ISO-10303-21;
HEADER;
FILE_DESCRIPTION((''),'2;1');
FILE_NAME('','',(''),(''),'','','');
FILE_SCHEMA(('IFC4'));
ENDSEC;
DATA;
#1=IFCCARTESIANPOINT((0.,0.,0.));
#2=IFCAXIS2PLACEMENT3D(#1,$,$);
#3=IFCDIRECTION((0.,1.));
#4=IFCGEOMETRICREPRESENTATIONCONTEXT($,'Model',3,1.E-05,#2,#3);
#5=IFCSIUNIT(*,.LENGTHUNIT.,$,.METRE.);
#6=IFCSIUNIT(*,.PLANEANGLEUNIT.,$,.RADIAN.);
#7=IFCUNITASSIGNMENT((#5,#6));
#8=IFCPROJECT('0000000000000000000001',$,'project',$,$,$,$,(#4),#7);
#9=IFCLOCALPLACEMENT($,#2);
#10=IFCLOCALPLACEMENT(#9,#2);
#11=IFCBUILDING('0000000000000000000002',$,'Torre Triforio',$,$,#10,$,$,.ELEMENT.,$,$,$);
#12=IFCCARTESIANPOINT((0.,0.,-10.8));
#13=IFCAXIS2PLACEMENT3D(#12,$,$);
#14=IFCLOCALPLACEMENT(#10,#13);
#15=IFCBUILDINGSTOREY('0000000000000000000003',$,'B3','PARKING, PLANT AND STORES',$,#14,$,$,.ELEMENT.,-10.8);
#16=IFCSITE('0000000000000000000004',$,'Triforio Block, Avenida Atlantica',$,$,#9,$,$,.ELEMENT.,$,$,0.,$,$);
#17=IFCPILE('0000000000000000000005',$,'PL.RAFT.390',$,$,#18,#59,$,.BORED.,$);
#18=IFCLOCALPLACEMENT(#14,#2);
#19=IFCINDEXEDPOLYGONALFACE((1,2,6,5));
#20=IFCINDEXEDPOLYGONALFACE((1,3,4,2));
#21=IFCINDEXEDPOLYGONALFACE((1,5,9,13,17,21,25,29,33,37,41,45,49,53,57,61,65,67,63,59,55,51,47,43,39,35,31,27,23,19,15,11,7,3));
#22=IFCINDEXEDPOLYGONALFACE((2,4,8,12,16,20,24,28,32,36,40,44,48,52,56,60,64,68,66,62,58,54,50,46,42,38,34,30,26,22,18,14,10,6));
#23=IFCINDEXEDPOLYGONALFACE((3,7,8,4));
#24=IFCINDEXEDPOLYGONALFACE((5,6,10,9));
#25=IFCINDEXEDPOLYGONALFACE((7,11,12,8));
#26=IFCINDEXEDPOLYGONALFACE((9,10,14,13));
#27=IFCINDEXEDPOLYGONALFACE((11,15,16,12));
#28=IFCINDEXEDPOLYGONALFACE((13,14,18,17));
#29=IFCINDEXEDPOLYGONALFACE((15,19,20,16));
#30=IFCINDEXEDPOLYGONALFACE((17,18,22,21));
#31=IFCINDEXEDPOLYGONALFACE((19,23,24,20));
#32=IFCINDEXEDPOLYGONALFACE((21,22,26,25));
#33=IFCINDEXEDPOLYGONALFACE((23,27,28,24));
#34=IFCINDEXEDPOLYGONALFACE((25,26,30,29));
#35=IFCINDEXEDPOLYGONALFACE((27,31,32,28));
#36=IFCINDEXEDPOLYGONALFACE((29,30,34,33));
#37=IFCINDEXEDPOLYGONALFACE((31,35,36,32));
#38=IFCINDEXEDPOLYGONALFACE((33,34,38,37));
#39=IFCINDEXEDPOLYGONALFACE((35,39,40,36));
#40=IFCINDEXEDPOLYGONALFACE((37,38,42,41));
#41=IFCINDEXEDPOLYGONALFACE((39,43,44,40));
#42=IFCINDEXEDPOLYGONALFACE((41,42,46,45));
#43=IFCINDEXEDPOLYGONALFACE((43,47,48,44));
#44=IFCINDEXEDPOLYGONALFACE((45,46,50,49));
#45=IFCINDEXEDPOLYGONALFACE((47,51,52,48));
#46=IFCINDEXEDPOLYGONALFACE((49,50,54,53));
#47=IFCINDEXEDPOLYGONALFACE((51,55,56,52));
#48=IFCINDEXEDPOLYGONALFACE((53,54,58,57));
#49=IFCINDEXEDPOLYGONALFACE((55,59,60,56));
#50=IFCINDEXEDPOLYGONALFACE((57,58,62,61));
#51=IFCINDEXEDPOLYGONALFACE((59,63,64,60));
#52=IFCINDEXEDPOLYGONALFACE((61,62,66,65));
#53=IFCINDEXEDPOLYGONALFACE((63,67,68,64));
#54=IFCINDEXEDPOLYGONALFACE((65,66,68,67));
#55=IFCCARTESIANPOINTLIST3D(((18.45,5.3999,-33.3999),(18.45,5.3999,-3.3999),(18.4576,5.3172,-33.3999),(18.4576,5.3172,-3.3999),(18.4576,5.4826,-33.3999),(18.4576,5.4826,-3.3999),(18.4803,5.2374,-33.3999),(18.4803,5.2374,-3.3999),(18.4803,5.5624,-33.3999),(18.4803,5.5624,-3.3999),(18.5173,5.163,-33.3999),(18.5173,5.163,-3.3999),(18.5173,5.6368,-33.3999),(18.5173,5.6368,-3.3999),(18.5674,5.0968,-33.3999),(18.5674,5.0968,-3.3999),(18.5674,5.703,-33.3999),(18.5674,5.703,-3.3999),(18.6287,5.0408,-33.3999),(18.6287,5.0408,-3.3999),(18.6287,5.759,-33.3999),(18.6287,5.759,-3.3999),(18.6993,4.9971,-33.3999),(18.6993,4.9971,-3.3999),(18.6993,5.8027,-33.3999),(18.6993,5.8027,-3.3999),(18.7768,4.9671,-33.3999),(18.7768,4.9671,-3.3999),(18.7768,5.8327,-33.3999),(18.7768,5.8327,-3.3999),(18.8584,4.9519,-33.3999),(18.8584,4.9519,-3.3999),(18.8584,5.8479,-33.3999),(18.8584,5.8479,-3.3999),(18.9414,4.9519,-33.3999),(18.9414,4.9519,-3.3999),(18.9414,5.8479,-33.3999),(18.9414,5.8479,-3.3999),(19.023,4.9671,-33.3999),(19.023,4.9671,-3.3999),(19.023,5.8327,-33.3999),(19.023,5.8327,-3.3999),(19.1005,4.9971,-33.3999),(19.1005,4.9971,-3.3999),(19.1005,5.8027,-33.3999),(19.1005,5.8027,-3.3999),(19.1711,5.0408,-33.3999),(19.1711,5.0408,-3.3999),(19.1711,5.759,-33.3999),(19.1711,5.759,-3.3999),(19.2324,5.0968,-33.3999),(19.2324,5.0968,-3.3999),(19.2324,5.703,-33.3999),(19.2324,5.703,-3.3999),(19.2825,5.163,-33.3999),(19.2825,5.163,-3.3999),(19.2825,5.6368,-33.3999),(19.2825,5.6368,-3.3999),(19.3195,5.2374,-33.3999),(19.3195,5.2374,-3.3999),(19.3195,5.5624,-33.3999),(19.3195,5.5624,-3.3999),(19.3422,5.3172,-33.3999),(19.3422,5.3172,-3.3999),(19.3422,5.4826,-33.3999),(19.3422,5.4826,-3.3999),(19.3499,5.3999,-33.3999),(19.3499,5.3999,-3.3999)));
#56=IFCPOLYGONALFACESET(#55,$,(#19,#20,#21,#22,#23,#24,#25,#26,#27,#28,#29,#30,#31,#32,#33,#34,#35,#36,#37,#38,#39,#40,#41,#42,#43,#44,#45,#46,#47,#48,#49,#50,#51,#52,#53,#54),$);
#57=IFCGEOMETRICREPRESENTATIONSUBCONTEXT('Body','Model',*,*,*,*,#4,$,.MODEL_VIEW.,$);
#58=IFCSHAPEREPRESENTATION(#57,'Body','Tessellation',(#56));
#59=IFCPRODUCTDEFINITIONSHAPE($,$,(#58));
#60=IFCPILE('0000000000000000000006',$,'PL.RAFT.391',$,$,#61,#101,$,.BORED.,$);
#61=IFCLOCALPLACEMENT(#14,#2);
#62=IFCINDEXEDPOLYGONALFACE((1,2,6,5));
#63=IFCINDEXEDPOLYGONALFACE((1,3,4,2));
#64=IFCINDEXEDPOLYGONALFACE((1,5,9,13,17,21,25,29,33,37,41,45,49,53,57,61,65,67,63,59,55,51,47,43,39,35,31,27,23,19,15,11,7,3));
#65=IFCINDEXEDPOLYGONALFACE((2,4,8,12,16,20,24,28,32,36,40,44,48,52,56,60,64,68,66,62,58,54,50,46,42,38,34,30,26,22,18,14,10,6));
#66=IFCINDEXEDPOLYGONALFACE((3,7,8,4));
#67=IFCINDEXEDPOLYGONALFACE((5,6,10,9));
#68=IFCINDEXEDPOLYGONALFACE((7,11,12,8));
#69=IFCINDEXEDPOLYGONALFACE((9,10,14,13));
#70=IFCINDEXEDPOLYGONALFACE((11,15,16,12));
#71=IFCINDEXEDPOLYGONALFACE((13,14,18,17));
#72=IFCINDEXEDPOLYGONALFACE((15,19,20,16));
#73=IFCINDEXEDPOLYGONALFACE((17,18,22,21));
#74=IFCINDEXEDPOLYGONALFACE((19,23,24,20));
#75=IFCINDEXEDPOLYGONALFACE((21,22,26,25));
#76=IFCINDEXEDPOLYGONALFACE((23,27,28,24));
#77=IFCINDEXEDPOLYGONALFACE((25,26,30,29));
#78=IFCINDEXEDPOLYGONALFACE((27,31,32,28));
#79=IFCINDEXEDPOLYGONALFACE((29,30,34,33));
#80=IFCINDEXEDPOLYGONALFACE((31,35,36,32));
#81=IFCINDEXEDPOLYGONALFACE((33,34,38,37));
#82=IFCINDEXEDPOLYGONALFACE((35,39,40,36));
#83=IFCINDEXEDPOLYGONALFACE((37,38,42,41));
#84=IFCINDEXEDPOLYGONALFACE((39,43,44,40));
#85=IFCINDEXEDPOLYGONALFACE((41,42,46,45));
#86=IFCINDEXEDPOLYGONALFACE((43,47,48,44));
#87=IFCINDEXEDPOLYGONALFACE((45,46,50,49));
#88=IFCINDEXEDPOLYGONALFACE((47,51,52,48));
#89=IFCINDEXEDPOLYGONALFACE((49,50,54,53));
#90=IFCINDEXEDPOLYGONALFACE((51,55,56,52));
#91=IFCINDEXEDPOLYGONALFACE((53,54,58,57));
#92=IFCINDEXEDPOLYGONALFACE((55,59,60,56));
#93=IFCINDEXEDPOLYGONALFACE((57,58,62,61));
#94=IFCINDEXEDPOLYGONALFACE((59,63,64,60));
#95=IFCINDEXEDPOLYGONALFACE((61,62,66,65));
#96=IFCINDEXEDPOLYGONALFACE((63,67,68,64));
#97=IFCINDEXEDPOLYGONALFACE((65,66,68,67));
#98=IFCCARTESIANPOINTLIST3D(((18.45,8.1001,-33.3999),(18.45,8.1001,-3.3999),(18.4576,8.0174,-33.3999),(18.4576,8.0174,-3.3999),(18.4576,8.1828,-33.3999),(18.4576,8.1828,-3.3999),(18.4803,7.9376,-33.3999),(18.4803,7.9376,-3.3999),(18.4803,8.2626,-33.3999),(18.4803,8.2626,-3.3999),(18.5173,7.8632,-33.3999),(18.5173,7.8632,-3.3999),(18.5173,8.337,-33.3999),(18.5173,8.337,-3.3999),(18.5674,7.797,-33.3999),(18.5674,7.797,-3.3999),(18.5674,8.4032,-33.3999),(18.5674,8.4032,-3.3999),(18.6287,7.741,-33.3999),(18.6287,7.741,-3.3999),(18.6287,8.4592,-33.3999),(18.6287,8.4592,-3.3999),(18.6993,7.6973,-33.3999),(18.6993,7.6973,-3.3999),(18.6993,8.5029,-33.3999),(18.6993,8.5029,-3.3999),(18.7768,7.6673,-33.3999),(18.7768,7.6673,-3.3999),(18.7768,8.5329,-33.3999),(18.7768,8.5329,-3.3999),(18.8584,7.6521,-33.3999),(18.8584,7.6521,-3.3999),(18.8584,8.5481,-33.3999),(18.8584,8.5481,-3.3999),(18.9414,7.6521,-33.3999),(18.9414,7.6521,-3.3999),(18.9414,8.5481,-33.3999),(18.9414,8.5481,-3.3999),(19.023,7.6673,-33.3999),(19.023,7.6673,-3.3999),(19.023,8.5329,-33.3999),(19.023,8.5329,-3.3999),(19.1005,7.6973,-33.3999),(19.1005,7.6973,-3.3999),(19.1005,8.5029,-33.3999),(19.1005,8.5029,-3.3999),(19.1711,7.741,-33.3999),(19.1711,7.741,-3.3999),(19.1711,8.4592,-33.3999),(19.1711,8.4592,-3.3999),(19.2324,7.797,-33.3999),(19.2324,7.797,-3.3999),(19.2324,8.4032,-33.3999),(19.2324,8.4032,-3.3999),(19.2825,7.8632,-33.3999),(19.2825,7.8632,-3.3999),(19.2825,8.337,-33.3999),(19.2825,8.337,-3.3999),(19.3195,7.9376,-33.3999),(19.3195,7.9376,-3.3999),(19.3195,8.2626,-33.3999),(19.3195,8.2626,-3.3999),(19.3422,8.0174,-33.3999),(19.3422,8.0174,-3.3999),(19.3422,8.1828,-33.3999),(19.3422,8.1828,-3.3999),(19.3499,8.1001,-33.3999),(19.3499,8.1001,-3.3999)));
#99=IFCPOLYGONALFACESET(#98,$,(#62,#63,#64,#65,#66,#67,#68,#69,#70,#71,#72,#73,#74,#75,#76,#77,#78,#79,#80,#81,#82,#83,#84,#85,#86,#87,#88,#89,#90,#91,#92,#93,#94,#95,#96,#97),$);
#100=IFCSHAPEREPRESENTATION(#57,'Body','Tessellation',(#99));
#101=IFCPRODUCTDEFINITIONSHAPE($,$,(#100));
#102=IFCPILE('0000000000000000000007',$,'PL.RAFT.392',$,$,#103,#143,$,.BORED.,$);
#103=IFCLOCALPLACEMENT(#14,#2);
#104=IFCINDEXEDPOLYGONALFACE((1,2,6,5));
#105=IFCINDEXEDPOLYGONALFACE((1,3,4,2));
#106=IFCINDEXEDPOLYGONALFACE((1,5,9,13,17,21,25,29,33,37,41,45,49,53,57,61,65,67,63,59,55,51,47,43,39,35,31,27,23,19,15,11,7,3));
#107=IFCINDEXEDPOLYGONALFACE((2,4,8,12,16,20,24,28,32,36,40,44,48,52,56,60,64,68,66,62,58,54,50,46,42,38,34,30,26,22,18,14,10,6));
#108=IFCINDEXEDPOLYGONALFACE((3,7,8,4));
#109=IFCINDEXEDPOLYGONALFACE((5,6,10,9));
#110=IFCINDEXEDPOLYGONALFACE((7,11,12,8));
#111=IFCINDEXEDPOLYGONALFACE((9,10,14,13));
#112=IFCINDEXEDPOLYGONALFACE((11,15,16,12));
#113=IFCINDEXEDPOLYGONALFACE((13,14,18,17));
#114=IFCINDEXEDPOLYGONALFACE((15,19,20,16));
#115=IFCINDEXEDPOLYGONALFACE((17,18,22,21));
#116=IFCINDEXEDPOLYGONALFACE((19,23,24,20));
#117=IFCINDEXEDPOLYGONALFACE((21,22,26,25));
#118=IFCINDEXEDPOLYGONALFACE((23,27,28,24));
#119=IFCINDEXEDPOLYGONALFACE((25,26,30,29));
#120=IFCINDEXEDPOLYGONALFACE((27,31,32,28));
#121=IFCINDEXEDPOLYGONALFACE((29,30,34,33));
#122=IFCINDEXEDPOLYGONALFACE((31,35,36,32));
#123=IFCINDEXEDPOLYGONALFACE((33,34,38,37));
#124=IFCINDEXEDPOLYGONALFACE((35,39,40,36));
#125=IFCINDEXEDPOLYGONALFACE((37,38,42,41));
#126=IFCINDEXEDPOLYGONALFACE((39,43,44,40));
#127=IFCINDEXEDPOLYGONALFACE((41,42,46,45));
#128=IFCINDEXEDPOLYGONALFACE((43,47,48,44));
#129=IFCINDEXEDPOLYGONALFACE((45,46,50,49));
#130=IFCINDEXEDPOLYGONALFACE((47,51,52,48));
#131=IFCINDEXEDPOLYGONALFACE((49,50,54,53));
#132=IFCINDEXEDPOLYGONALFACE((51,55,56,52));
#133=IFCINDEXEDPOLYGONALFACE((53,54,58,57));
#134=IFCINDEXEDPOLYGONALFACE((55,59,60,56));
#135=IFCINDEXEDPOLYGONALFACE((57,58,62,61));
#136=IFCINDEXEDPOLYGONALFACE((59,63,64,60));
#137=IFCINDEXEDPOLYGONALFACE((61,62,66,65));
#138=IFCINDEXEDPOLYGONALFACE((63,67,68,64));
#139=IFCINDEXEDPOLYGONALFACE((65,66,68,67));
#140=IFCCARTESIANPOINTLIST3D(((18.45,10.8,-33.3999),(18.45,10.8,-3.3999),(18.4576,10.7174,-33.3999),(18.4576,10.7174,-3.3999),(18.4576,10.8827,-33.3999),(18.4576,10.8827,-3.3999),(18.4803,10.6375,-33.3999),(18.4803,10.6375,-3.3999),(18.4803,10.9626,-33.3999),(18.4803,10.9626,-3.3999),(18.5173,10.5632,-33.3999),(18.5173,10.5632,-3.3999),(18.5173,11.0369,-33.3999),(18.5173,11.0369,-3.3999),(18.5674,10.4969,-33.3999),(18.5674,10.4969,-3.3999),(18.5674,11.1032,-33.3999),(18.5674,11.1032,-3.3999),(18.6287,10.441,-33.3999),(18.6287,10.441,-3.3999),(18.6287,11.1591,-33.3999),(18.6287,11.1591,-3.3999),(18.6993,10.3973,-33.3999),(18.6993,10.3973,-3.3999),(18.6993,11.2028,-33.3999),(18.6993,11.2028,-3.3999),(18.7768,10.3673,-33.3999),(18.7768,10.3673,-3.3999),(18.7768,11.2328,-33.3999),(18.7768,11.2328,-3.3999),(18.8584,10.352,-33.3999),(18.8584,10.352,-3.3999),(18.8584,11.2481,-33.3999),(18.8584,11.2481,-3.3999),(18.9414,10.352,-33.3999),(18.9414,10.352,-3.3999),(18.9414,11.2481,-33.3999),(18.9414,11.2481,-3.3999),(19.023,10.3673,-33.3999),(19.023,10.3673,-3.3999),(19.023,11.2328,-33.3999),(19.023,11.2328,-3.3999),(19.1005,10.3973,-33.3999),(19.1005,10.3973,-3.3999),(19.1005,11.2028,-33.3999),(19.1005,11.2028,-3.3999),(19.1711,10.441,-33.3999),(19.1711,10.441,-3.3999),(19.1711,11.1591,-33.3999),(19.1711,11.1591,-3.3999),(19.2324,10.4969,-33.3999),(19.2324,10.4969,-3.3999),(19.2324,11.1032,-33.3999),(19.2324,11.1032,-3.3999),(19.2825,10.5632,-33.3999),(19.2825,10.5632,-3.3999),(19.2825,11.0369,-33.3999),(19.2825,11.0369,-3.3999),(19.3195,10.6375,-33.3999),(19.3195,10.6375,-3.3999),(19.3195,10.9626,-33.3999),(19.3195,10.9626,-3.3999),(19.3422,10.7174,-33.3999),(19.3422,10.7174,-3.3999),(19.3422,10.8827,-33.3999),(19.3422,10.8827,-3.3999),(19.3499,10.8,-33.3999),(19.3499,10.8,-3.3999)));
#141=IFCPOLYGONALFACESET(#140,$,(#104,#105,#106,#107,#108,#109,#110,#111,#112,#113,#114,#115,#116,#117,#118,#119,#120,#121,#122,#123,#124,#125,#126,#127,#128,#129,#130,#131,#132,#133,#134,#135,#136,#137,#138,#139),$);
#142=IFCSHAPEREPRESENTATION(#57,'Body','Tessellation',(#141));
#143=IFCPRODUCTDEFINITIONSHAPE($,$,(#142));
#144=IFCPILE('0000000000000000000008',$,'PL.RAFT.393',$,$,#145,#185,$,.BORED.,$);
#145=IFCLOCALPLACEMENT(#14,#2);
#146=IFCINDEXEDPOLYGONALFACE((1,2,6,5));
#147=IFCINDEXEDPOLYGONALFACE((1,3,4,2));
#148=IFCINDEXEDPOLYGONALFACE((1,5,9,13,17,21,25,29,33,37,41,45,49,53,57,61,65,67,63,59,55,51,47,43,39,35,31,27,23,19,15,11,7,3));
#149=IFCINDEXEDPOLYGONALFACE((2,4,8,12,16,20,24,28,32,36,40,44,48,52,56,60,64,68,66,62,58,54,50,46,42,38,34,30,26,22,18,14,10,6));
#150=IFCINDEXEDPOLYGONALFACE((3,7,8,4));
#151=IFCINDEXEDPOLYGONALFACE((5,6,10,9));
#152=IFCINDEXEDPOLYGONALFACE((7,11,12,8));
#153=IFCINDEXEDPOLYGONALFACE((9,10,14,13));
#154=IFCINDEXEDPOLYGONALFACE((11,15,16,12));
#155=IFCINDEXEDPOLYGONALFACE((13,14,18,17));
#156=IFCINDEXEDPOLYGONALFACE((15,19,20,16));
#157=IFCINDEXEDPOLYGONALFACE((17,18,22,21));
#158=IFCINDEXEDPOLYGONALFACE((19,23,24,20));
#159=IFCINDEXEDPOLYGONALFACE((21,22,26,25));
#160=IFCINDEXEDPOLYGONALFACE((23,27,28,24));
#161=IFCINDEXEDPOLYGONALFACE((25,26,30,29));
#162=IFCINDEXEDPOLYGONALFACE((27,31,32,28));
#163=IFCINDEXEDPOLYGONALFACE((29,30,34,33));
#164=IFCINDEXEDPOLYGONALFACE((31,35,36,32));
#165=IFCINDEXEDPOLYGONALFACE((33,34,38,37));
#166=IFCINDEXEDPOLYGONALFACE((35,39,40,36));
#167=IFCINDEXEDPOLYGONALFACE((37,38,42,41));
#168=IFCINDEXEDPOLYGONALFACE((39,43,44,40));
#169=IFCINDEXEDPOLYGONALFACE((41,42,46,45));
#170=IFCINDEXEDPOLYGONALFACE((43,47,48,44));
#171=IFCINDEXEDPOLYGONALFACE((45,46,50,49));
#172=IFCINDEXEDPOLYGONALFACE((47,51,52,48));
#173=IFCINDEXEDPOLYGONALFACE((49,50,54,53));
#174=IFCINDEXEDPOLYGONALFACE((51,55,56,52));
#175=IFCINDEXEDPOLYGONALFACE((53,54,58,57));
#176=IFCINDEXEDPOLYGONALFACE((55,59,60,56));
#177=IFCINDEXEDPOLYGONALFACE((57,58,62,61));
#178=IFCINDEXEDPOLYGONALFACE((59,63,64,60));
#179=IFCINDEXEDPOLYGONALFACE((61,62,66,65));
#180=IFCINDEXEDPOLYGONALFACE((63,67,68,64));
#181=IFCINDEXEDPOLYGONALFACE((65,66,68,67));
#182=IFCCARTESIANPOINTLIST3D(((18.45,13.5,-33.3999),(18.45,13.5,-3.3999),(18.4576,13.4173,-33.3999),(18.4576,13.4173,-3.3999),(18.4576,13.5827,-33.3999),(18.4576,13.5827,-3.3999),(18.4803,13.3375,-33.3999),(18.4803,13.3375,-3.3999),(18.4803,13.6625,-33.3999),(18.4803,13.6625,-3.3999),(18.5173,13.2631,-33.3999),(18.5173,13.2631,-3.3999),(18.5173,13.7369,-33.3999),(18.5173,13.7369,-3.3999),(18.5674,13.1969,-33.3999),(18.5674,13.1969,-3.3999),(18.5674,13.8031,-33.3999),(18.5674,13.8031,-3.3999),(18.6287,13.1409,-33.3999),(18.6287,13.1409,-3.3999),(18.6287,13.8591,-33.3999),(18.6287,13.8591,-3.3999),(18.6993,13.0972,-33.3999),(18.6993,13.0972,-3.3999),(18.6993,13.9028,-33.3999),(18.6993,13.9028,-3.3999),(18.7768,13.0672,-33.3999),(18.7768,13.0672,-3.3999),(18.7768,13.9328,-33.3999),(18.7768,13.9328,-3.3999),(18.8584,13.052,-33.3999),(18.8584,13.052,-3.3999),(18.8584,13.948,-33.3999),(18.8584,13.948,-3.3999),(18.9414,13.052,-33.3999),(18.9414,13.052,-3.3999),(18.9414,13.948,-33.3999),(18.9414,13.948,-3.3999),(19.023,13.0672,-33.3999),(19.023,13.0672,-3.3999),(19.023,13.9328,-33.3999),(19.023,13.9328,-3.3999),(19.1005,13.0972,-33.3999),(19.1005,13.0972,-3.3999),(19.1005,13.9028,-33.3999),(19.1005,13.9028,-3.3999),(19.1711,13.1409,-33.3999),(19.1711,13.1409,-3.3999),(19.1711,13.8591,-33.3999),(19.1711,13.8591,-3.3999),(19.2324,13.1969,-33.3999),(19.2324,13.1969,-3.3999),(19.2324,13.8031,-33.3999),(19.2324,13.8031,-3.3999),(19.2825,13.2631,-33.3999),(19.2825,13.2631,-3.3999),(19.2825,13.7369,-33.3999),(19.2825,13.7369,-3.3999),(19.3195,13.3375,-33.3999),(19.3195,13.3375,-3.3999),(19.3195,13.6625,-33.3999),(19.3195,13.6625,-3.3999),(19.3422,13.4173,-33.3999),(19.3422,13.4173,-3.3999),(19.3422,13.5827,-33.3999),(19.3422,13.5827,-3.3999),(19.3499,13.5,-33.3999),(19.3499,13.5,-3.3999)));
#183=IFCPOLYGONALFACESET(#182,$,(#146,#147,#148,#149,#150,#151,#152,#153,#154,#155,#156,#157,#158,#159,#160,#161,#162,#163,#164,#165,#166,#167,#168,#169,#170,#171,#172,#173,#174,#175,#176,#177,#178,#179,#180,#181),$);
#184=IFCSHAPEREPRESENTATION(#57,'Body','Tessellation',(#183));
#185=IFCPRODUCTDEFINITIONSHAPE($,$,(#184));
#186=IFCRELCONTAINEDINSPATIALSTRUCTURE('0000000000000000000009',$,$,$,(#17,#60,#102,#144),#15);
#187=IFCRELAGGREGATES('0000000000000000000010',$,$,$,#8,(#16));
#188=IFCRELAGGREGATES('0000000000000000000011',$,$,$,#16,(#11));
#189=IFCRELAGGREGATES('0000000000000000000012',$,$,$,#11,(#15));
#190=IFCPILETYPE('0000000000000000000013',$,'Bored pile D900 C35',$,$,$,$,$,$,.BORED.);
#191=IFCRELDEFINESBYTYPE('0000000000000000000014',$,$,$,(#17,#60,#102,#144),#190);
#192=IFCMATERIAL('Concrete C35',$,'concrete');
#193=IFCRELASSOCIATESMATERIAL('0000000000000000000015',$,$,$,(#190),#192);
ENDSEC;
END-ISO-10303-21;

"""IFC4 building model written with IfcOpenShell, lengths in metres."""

from ifc_helpers import new_model, si_unit, direction, frame, origin, origin_2d, place, context, subcontext, project, spatial, circle, extrude, material, material_profile, profile_set, type_object, element, save


model = new_model("IFC4")

# Units and contexts
model_context = context("Model", 3, precision=1e-05, world=origin(), true_north=direction((0.0, 1.0)))
body_context = subcontext(model_context, "Body", "Model", "MODEL_VIEW")
ifc_project = project(units=[si_unit("LENGTHUNIT", "METRE"), si_unit("PLANEANGLEUNIT", "RADIAN")], contexts=[model_context])

# Site, building, storey
site_placement = place(None, origin())
site = spatial("IfcSite", under=ifc_project, at=site_placement, Name="Triforio Block, Avenida Atlantica", CompositionType="ELEMENT", RefElevation=0.0)
building_placement = place(site_placement, origin())
building = spatial("IfcBuilding", under=site, at=building_placement, Name="Torre Triforio", CompositionType="ELEMENT")
storey_placement = place(building_placement, frame((0.0, 0.0, -10.8)))
storey = spatial("IfcBuildingStorey", under=building, at=storey_placement, Name="B3", Description="PARKING, PLANT AND STORES", CompositionType="ELEMENT", Elevation=-10.8)

# Piles
ifc_material_1 = material(Name="Concrete C35", Category="concrete")
ifc_material_profile_1 = material_profile(ifc_material_1, circle(Radius=0.45, at=origin_2d()), Name="RC D900")
ifc_profile_set_1 = profile_set([ifc_material_profile_1], Name="Concrete C35")
pile_type = type_object("IfcPileType", Name="Bored pile D900 C35", PredefinedType="BORED", material=ifc_profile_set_1)
for number, where, z_axis, x_axis, name in (
    (1, (18.8999, 5.3999, -3.3999), (0.0, 0.0, -1.0), (1.0, 0.0, 0.0), "PL.RAFT.390"),
    (2, (18.8999, 8.1001, -3.3999), (0.0, 0.0, -1.0), (1.0, 0.0, 0.0), "PL.RAFT.391"),
    (3, (18.8999, 10.8, -3.3999), (0.0, 0.0, -1.0), (1.0, 0.0, 0.0), "PL.RAFT.392"),
    (4, (18.8999, 13.5, -3.3999), (0.0, 0.0, -1.0), (1.0, 0.0, 0.0), "PL.RAFT.393"),
):
    element("IfcPile", number, at=place(storey_placement, frame(where, z_axis=z_axis, x_axis=x_axis)), inside=storey, type_object=pile_type, Name=name, PredefinedType="BORED", context=body_context, shape_type="SweptSolid", body=[
        extrude(circle(Radius=0.45, at=origin_2d()), origin(), (0.0, 0.0, 1.0), 30.0),
    ])

save(model, "model.ifc")
